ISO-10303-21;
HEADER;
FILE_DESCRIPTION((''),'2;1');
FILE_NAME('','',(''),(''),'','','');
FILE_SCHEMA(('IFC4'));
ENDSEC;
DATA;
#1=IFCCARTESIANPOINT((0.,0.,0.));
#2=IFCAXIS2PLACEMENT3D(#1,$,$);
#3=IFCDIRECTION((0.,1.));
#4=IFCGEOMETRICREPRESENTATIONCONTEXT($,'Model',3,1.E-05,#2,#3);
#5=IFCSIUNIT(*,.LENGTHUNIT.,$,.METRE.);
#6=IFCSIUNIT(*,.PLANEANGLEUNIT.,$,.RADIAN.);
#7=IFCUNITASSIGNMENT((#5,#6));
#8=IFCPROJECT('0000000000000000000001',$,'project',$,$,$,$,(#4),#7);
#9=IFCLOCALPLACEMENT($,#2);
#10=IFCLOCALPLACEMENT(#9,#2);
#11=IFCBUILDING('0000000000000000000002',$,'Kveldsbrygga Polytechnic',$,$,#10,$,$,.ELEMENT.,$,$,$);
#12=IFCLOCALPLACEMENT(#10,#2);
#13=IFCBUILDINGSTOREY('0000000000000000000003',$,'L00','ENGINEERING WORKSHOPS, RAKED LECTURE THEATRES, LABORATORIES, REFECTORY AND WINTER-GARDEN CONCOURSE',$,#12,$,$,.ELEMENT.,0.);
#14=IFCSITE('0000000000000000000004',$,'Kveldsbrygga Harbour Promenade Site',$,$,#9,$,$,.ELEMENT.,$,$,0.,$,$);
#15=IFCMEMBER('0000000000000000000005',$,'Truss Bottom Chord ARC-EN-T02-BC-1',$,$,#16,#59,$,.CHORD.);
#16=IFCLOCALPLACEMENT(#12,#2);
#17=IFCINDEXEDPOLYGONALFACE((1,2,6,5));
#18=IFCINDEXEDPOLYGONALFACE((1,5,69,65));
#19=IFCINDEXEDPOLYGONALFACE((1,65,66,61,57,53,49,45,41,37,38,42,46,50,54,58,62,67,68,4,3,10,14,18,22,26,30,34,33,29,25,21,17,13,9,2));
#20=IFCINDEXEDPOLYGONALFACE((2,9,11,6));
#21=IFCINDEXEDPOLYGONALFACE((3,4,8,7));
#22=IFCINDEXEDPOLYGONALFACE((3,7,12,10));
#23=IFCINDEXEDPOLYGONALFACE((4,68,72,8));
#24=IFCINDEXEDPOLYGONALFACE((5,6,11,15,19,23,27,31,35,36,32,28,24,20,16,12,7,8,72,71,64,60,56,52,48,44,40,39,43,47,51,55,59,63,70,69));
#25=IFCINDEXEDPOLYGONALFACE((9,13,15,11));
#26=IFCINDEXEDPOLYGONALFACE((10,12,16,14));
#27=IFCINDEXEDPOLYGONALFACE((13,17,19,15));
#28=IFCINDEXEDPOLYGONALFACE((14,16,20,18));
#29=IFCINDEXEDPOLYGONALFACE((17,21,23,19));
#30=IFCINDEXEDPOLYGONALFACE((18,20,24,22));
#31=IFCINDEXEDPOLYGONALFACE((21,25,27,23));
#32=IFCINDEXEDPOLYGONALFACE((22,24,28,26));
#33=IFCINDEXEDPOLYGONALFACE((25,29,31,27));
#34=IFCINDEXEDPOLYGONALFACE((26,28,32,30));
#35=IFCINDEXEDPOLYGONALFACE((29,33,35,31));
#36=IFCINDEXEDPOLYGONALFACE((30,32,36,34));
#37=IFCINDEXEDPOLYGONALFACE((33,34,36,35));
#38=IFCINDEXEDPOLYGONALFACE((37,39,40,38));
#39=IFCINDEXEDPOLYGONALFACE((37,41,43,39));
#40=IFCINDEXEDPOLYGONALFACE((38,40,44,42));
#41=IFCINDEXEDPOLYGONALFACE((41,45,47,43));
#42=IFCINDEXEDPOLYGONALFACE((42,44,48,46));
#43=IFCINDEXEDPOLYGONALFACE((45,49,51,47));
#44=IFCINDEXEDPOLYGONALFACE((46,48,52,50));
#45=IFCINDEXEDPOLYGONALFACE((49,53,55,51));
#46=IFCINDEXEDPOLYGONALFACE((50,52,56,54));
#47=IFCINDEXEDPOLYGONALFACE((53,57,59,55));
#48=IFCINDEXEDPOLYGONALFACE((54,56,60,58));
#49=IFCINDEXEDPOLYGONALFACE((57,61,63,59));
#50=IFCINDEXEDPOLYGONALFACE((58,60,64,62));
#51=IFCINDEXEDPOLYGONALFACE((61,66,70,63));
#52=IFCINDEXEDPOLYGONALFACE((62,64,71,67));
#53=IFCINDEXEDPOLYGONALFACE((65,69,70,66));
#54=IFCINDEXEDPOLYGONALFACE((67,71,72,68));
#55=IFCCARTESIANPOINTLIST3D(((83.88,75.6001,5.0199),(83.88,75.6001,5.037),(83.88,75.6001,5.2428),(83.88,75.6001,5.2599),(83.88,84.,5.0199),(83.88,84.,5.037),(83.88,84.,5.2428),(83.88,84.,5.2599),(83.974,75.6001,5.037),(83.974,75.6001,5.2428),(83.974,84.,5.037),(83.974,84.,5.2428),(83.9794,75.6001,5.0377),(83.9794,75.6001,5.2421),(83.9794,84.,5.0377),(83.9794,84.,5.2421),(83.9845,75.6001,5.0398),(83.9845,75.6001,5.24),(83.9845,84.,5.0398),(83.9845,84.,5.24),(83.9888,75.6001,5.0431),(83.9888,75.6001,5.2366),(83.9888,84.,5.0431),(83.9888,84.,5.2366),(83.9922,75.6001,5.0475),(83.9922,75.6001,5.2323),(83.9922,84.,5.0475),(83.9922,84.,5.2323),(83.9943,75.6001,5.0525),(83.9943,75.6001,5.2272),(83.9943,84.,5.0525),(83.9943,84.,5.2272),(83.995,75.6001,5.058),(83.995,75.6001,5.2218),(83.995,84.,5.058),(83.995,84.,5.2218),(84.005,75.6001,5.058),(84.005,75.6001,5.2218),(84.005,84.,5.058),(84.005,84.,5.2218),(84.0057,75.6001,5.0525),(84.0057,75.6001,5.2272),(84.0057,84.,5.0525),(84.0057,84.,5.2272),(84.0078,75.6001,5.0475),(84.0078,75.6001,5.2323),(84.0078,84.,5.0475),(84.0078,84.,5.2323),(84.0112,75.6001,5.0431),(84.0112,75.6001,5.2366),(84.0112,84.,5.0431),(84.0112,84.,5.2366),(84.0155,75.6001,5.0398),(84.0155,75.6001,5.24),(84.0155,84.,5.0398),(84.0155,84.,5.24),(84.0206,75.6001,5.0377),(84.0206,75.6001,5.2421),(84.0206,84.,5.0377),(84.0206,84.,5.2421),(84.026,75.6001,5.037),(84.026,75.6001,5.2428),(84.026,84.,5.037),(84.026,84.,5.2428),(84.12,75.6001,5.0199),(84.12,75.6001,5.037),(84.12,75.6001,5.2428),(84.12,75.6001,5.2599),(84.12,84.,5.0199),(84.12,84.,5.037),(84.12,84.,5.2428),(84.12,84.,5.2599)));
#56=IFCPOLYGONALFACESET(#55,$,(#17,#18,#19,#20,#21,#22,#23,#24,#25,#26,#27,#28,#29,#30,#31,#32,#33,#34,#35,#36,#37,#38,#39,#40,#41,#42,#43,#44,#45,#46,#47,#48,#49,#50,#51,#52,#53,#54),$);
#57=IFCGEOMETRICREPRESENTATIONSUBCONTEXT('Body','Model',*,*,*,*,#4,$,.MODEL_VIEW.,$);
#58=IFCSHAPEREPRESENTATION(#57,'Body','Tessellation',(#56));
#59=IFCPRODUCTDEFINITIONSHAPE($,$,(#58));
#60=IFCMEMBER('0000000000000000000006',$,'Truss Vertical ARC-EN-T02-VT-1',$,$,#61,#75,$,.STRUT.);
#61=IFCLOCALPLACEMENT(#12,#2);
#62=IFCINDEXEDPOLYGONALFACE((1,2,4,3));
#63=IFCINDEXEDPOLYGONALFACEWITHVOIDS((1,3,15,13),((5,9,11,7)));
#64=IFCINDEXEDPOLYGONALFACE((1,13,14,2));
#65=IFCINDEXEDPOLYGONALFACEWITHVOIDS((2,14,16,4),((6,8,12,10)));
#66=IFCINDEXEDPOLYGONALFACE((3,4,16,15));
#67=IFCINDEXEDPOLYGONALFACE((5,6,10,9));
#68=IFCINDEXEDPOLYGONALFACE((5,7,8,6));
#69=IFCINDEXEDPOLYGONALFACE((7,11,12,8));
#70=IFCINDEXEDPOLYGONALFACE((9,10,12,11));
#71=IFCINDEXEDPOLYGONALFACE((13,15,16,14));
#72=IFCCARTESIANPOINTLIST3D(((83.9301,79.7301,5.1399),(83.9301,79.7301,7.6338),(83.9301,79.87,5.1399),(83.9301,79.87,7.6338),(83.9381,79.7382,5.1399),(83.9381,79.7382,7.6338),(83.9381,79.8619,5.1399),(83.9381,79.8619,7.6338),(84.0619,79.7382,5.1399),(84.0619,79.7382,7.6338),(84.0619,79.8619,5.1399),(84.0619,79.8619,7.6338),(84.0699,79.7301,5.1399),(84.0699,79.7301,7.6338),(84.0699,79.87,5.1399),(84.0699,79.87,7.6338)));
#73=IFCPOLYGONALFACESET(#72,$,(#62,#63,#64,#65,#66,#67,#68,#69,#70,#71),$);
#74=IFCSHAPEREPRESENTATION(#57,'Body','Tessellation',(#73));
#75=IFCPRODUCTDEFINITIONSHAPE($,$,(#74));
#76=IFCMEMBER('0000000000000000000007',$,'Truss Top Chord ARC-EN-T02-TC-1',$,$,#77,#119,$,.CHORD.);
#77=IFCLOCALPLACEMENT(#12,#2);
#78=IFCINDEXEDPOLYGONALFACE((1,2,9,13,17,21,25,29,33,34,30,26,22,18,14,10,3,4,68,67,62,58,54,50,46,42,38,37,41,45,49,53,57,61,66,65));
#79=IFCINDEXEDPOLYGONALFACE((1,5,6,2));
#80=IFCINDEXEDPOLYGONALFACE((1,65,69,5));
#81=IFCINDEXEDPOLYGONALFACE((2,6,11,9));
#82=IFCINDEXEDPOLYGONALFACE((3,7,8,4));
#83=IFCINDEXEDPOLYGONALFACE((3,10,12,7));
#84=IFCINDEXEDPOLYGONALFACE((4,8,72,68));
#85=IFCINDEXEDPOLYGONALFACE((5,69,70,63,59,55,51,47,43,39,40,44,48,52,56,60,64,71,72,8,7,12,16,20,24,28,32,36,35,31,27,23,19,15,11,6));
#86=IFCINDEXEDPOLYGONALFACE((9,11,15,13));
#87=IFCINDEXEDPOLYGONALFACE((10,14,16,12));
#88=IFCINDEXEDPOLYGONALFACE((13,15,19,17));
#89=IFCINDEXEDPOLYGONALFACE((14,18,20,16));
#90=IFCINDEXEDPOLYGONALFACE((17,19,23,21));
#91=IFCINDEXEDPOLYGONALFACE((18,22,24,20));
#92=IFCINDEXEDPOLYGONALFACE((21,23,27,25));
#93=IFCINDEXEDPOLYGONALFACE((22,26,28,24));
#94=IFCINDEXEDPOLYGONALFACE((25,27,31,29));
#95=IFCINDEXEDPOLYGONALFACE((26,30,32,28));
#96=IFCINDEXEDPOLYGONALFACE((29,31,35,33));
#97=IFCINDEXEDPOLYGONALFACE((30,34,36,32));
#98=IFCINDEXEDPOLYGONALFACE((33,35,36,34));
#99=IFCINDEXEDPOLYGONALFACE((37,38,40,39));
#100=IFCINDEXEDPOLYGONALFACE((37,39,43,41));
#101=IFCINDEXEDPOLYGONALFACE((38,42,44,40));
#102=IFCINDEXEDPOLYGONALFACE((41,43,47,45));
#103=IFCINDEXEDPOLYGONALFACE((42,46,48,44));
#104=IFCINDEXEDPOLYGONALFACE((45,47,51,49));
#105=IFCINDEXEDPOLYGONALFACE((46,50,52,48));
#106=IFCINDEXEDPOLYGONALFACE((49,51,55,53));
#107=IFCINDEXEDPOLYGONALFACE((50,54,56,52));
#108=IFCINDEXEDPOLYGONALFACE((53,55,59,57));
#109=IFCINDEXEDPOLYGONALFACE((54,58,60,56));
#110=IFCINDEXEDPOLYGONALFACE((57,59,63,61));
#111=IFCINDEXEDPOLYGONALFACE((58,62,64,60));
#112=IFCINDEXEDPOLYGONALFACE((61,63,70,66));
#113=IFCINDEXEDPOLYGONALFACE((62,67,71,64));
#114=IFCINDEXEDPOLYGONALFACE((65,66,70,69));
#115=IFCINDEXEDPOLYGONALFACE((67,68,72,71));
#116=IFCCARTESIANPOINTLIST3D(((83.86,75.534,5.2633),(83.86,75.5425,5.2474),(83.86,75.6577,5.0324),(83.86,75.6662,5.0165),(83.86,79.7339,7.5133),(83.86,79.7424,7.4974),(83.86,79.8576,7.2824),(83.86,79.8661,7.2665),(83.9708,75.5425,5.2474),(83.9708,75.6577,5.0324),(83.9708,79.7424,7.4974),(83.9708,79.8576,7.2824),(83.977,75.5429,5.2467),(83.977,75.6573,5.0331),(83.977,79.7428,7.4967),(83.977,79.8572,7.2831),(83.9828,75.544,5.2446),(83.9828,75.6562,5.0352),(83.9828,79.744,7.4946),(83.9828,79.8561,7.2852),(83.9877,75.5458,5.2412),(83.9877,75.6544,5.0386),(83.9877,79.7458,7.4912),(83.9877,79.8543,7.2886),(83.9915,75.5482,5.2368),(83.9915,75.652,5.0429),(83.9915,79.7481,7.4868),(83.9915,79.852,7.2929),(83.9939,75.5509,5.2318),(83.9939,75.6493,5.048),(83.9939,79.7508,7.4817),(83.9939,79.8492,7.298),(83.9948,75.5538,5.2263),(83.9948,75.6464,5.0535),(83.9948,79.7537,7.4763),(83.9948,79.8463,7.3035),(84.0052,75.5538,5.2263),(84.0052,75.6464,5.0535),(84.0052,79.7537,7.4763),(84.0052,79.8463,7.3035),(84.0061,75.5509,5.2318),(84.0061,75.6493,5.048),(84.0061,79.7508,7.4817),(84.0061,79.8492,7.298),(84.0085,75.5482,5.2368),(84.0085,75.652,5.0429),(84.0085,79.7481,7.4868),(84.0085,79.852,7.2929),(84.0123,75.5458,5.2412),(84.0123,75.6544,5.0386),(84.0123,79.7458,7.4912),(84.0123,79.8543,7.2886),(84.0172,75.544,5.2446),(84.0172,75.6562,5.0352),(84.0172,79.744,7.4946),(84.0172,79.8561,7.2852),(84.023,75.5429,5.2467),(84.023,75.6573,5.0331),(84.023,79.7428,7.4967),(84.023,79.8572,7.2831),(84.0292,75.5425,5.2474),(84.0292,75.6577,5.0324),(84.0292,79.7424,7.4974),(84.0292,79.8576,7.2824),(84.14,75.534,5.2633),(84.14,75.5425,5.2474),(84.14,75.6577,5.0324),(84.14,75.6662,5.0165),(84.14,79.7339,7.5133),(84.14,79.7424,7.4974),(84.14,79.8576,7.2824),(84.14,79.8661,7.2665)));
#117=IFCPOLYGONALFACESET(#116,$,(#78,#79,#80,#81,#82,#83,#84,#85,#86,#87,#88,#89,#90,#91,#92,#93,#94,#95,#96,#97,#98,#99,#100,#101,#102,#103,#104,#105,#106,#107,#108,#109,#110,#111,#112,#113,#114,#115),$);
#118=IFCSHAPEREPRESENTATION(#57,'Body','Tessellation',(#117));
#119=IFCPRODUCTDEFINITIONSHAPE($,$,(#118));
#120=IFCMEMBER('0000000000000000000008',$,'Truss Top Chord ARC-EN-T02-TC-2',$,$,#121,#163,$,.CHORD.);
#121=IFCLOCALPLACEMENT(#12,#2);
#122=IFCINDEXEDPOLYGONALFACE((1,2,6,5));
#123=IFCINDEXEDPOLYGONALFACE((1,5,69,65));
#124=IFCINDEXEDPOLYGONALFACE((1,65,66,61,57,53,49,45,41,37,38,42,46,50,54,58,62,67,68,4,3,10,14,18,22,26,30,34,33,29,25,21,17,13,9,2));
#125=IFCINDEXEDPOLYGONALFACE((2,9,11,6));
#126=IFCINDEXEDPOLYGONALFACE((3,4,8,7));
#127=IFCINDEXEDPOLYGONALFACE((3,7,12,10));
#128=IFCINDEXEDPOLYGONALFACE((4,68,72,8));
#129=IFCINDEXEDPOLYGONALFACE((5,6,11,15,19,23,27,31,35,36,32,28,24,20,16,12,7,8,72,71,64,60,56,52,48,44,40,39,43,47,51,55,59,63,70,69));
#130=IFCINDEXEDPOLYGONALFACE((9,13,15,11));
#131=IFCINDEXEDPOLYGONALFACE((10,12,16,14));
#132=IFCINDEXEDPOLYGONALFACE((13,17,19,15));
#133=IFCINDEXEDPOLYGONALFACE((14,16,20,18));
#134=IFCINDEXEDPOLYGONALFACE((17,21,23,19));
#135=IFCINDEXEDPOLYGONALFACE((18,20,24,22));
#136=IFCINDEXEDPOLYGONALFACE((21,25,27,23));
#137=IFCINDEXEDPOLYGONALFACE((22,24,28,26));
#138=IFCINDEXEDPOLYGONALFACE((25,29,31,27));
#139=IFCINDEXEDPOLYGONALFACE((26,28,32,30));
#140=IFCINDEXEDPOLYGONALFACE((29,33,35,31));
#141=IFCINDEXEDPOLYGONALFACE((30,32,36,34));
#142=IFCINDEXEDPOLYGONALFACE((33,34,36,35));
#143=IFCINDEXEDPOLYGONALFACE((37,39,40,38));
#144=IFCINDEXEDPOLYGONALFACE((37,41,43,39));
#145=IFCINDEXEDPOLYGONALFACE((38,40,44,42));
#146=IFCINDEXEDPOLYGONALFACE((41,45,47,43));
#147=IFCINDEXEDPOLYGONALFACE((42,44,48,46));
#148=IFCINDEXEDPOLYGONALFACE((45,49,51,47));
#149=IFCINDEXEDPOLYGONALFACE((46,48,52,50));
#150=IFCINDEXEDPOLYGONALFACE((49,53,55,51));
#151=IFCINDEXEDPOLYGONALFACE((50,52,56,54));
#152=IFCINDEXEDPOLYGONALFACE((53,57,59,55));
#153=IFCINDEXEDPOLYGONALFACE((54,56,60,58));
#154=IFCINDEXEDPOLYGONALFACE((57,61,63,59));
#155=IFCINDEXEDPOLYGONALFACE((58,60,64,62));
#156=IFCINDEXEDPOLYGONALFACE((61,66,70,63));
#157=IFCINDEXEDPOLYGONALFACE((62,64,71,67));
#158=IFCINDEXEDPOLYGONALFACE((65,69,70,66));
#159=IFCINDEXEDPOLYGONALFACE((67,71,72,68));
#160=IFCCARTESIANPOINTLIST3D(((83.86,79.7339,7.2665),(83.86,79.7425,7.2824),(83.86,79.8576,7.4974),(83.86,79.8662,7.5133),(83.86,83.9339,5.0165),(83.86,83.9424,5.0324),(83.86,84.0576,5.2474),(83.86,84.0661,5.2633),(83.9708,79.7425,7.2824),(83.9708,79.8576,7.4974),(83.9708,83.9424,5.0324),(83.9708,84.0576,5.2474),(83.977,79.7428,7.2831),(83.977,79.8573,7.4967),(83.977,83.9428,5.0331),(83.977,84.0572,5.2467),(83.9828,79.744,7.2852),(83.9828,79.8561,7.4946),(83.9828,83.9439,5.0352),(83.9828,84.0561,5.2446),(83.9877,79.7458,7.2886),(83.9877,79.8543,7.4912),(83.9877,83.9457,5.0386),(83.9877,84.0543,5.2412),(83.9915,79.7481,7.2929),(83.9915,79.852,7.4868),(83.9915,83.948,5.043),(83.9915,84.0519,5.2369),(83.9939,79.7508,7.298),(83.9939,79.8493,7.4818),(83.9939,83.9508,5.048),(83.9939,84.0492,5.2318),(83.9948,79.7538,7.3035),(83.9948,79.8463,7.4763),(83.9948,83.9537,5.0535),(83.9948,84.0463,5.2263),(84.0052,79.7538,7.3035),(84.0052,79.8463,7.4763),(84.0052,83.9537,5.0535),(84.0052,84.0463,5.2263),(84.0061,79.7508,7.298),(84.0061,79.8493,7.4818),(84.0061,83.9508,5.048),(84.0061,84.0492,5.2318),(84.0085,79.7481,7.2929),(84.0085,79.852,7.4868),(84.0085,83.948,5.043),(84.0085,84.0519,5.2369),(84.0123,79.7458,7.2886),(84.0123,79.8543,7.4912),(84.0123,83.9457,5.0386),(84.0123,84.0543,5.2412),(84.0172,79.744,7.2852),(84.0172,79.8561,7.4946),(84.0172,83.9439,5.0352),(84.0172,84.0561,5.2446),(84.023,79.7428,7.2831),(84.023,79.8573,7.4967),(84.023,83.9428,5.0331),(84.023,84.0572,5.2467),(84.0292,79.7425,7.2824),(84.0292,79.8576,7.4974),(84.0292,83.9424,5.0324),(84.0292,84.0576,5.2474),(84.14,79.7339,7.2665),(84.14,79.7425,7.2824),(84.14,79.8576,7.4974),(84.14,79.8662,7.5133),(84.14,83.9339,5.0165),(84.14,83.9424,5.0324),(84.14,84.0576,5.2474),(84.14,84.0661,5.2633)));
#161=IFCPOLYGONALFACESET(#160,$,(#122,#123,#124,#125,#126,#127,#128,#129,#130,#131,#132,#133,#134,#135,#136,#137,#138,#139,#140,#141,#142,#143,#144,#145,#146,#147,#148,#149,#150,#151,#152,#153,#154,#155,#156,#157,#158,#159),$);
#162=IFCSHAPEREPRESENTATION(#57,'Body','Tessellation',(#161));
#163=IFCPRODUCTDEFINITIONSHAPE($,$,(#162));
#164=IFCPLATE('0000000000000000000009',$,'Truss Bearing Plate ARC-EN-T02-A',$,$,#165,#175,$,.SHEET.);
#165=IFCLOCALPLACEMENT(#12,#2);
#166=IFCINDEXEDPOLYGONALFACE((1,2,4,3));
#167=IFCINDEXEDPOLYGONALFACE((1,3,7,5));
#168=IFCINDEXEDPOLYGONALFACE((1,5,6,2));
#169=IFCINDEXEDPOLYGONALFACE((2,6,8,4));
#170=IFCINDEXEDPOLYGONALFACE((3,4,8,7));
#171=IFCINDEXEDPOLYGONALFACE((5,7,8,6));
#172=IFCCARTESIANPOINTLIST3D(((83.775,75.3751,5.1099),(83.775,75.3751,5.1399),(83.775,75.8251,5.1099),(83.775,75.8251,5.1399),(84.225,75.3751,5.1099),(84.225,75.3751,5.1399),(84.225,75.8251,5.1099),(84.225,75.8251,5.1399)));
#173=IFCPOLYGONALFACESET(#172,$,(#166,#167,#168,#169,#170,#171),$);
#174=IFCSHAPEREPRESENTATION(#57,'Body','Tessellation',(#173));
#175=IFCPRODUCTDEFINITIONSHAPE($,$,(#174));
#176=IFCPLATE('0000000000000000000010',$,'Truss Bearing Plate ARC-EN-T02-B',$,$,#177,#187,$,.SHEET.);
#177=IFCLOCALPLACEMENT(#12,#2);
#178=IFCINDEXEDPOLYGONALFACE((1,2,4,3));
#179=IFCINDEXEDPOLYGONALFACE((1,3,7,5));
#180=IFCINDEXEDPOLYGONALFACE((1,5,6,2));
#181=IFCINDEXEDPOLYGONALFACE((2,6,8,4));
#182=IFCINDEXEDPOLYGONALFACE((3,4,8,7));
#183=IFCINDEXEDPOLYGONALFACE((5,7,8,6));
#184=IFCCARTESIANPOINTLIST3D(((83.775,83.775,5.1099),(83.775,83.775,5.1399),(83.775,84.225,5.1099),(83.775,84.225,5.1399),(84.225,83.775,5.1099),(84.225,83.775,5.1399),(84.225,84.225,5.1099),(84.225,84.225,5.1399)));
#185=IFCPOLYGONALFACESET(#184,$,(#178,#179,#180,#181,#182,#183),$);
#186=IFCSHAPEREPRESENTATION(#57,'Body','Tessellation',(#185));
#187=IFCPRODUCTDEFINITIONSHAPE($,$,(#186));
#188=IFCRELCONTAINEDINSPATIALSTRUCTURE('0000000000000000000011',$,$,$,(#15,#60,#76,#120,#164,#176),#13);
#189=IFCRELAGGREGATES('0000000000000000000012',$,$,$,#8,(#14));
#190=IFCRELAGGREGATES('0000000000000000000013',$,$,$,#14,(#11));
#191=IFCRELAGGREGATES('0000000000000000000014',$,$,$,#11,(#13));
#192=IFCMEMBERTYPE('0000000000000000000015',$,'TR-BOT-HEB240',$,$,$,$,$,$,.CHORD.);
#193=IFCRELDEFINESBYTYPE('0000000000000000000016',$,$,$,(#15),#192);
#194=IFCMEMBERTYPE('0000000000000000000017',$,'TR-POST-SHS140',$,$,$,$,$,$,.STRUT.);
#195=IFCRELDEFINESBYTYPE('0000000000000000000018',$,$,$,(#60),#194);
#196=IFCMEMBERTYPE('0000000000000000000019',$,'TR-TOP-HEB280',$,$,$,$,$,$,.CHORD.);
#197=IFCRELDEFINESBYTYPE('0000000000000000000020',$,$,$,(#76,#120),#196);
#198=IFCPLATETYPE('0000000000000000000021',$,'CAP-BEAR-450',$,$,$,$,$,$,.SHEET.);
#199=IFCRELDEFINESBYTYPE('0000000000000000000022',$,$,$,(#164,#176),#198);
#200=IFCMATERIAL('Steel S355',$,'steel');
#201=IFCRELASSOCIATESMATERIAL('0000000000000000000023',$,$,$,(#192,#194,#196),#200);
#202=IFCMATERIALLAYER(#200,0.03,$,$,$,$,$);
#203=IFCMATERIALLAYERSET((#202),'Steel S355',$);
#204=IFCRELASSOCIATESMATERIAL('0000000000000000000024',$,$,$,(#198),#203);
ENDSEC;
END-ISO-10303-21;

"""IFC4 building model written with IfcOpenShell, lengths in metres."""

from ifc_helpers import new_model, si_unit, direction, frame, origin, origin_2d, place, context, subcontext, project, spatial, rectangle, hollow_rectangle, i_section, extrude, material, layer, layer_set, material_profile, profile_set, type_object, element, save


model = new_model("IFC4")

# Units and contexts
model_context = context("Model", 3, precision=1e-05, world=origin(), true_north=direction((0.0, 1.0)))
body_context = subcontext(model_context, "Body", "Model", "MODEL_VIEW")
ifc_project = project(units=[si_unit("LENGTHUNIT", "METRE"), si_unit("PLANEANGLEUNIT", "RADIAN")], contexts=[model_context])

# Site, building, storey
site_placement = place(None, origin())
site = spatial("IfcSite", under=ifc_project, at=site_placement, Name="Kveldsbrygga Harbour Promenade Site", CompositionType="ELEMENT", RefElevation=0.0)
building_placement = place(site_placement, origin())
building = spatial("IfcBuilding", under=site, at=building_placement, Name="Kveldsbrygga Polytechnic", CompositionType="ELEMENT")
storey_placement = place(building_placement, origin())
storey = spatial("IfcBuildingStorey", under=building, at=storey_placement, Name="L00", Description="ENGINEERING WORKSHOPS, RAKED LECTURE THEATRES, LABORATORIES, REFECTORY AND WINTER-GARDEN CONCOURSE", CompositionType="ELEMENT", Elevation=0.0)

# Members
ifc_material_1 = material(Name="Steel S355", Category="steel")
ifc_material_profile_1 = material_profile(ifc_material_1, i_section(OverallWidth=0.24, OverallDepth=0.24, WebThickness=0.01, FlangeThickness=0.0171, FilletRadius=0.021, at=origin_2d()), Name="HEB 240")
ifc_profile_set_1 = profile_set([ifc_material_profile_1], Name="Steel S355")
member_type_1 = type_object("IfcMemberType", Name="TR-BOT-HEB240", PredefinedType="CHORD", material=ifc_profile_set_1)
member_1_placement = place(storey_placement, frame((84.0, 75.6001, 5.1399), z_axis=(0.0, 1.0, 0.0), x_axis=(-1.0, 0.0, 0.0)))
element("IfcMember", 1, at=member_1_placement, inside=storey, type_object=member_type_1, Name="Truss Bottom Chord ARC-EN-T02-BC-1", PredefinedType="CHORD", context=body_context, shape_type="SweptSolid", body=[
    extrude(i_section(OverallWidth=0.24, OverallDepth=0.24, WebThickness=0.01, FlangeThickness=0.0171, FilletRadius=0.021, at=origin_2d()), origin(), (0.0, 0.0, 1.0), 8.3999),
])
ifc_material_profile_2 = material_profile(ifc_material_1, hollow_rectangle(XDim=0.1399, YDim=0.1399, WallThickness=0.0081, at=origin_2d()), Name="SHS 140x140x8.0")
ifc_profile_set_2 = profile_set([ifc_material_profile_2], Name="Steel S355")
member_type_2 = type_object("IfcMemberType", Name="TR-POST-SHS140", PredefinedType="STRUT", material=ifc_profile_set_2)
member_2_placement = place(storey_placement, frame((84.0, 79.8, 5.1399), z_axis=(0.0, 0.0, 1.0), x_axis=(1.0, 0.0, 0.0)))
element("IfcMember", 2, at=member_2_placement, inside=storey, type_object=member_type_2, Name="Truss Vertical ARC-EN-T02-VT-1", PredefinedType="STRUT", context=body_context, shape_type="SweptSolid", body=[
    extrude(hollow_rectangle(XDim=0.1399, YDim=0.1399, WallThickness=0.0081, at=origin_2d()), origin(), (0.0, 0.0, 1.0), 2.4939),
])
ifc_material_profile_3 = material_profile(ifc_material_1, i_section(OverallWidth=0.28, OverallDepth=0.28, WebThickness=0.0105, FlangeThickness=0.0181, FilletRadius=0.0239, at=origin_2d()), Name="HEB 280")
ifc_profile_set_3 = profile_set([ifc_material_profile_3], Name="Steel S355")
member_type_3 = type_object("IfcMemberType", Name="TR-TOP-HEB280", PredefinedType="CHORD", material=ifc_profile_set_3)
for number, where, z_axis, x_axis, name in (
    (3, (84.0, 75.6001, 5.1399), (0.0, 0.881478, 0.472226), (-1.0, 0.0, 0.0), "Truss Top Chord ARC-EN-T02-TC-1"),
    (4, (84.0, 79.8, 7.3899), (0.0, 0.881478, -0.472226), (-1.0, 0.0, 0.0), "Truss Top Chord ARC-EN-T02-TC-2"),
):
    element("IfcMember", number, at=place(storey_placement, frame(where, z_axis=z_axis, x_axis=x_axis)), inside=storey, type_object=member_type_3, Name=name, PredefinedType="CHORD", context=body_context, shape_type="SweptSolid", body=[
        extrude(i_section(OverallWidth=0.28, OverallDepth=0.28, WebThickness=0.0105, FlangeThickness=0.0181, FilletRadius=0.0239, at=origin_2d()), origin(), (0.0, 0.0, 1.0), 4.7646),
    ])

# Plates
ifc_layer_1 = layer(ifc_material_1, 0.03)
ifc_layer_set_1 = layer_set([ifc_layer_1], Name="Steel S355")
plate_type_1 = type_object("IfcPlateType", Name="CAP-BEAR-450", PredefinedType="SHEET", material=ifc_layer_set_1)
for number, where, z_axis, x_axis, name in (
    (5, (84.0, 75.6001, 5.1099), (0.0, 0.0, 1.0), (1.0, 0.0, 0.0), "Truss Bearing Plate ARC-EN-T02-A"),
    (6, (84.0, 84.0, 5.1099), (0.0, 0.0, 1.0), (1.0, 0.0, 0.0), "Truss Bearing Plate ARC-EN-T02-B"),
):
    element("IfcPlate", number, at=place(storey_placement, frame(where, z_axis=z_axis, x_axis=x_axis)), inside=storey, type_object=plate_type_1, Name=name, PredefinedType="SHEET", context=body_context, shape_type="SweptSolid", body=[
        extrude(rectangle(XDim=0.45, YDim=0.45, at=origin_2d()), origin(), (0.0, 0.0, 1.0), 0.03),
    ])

save(model, "model.ifc")
